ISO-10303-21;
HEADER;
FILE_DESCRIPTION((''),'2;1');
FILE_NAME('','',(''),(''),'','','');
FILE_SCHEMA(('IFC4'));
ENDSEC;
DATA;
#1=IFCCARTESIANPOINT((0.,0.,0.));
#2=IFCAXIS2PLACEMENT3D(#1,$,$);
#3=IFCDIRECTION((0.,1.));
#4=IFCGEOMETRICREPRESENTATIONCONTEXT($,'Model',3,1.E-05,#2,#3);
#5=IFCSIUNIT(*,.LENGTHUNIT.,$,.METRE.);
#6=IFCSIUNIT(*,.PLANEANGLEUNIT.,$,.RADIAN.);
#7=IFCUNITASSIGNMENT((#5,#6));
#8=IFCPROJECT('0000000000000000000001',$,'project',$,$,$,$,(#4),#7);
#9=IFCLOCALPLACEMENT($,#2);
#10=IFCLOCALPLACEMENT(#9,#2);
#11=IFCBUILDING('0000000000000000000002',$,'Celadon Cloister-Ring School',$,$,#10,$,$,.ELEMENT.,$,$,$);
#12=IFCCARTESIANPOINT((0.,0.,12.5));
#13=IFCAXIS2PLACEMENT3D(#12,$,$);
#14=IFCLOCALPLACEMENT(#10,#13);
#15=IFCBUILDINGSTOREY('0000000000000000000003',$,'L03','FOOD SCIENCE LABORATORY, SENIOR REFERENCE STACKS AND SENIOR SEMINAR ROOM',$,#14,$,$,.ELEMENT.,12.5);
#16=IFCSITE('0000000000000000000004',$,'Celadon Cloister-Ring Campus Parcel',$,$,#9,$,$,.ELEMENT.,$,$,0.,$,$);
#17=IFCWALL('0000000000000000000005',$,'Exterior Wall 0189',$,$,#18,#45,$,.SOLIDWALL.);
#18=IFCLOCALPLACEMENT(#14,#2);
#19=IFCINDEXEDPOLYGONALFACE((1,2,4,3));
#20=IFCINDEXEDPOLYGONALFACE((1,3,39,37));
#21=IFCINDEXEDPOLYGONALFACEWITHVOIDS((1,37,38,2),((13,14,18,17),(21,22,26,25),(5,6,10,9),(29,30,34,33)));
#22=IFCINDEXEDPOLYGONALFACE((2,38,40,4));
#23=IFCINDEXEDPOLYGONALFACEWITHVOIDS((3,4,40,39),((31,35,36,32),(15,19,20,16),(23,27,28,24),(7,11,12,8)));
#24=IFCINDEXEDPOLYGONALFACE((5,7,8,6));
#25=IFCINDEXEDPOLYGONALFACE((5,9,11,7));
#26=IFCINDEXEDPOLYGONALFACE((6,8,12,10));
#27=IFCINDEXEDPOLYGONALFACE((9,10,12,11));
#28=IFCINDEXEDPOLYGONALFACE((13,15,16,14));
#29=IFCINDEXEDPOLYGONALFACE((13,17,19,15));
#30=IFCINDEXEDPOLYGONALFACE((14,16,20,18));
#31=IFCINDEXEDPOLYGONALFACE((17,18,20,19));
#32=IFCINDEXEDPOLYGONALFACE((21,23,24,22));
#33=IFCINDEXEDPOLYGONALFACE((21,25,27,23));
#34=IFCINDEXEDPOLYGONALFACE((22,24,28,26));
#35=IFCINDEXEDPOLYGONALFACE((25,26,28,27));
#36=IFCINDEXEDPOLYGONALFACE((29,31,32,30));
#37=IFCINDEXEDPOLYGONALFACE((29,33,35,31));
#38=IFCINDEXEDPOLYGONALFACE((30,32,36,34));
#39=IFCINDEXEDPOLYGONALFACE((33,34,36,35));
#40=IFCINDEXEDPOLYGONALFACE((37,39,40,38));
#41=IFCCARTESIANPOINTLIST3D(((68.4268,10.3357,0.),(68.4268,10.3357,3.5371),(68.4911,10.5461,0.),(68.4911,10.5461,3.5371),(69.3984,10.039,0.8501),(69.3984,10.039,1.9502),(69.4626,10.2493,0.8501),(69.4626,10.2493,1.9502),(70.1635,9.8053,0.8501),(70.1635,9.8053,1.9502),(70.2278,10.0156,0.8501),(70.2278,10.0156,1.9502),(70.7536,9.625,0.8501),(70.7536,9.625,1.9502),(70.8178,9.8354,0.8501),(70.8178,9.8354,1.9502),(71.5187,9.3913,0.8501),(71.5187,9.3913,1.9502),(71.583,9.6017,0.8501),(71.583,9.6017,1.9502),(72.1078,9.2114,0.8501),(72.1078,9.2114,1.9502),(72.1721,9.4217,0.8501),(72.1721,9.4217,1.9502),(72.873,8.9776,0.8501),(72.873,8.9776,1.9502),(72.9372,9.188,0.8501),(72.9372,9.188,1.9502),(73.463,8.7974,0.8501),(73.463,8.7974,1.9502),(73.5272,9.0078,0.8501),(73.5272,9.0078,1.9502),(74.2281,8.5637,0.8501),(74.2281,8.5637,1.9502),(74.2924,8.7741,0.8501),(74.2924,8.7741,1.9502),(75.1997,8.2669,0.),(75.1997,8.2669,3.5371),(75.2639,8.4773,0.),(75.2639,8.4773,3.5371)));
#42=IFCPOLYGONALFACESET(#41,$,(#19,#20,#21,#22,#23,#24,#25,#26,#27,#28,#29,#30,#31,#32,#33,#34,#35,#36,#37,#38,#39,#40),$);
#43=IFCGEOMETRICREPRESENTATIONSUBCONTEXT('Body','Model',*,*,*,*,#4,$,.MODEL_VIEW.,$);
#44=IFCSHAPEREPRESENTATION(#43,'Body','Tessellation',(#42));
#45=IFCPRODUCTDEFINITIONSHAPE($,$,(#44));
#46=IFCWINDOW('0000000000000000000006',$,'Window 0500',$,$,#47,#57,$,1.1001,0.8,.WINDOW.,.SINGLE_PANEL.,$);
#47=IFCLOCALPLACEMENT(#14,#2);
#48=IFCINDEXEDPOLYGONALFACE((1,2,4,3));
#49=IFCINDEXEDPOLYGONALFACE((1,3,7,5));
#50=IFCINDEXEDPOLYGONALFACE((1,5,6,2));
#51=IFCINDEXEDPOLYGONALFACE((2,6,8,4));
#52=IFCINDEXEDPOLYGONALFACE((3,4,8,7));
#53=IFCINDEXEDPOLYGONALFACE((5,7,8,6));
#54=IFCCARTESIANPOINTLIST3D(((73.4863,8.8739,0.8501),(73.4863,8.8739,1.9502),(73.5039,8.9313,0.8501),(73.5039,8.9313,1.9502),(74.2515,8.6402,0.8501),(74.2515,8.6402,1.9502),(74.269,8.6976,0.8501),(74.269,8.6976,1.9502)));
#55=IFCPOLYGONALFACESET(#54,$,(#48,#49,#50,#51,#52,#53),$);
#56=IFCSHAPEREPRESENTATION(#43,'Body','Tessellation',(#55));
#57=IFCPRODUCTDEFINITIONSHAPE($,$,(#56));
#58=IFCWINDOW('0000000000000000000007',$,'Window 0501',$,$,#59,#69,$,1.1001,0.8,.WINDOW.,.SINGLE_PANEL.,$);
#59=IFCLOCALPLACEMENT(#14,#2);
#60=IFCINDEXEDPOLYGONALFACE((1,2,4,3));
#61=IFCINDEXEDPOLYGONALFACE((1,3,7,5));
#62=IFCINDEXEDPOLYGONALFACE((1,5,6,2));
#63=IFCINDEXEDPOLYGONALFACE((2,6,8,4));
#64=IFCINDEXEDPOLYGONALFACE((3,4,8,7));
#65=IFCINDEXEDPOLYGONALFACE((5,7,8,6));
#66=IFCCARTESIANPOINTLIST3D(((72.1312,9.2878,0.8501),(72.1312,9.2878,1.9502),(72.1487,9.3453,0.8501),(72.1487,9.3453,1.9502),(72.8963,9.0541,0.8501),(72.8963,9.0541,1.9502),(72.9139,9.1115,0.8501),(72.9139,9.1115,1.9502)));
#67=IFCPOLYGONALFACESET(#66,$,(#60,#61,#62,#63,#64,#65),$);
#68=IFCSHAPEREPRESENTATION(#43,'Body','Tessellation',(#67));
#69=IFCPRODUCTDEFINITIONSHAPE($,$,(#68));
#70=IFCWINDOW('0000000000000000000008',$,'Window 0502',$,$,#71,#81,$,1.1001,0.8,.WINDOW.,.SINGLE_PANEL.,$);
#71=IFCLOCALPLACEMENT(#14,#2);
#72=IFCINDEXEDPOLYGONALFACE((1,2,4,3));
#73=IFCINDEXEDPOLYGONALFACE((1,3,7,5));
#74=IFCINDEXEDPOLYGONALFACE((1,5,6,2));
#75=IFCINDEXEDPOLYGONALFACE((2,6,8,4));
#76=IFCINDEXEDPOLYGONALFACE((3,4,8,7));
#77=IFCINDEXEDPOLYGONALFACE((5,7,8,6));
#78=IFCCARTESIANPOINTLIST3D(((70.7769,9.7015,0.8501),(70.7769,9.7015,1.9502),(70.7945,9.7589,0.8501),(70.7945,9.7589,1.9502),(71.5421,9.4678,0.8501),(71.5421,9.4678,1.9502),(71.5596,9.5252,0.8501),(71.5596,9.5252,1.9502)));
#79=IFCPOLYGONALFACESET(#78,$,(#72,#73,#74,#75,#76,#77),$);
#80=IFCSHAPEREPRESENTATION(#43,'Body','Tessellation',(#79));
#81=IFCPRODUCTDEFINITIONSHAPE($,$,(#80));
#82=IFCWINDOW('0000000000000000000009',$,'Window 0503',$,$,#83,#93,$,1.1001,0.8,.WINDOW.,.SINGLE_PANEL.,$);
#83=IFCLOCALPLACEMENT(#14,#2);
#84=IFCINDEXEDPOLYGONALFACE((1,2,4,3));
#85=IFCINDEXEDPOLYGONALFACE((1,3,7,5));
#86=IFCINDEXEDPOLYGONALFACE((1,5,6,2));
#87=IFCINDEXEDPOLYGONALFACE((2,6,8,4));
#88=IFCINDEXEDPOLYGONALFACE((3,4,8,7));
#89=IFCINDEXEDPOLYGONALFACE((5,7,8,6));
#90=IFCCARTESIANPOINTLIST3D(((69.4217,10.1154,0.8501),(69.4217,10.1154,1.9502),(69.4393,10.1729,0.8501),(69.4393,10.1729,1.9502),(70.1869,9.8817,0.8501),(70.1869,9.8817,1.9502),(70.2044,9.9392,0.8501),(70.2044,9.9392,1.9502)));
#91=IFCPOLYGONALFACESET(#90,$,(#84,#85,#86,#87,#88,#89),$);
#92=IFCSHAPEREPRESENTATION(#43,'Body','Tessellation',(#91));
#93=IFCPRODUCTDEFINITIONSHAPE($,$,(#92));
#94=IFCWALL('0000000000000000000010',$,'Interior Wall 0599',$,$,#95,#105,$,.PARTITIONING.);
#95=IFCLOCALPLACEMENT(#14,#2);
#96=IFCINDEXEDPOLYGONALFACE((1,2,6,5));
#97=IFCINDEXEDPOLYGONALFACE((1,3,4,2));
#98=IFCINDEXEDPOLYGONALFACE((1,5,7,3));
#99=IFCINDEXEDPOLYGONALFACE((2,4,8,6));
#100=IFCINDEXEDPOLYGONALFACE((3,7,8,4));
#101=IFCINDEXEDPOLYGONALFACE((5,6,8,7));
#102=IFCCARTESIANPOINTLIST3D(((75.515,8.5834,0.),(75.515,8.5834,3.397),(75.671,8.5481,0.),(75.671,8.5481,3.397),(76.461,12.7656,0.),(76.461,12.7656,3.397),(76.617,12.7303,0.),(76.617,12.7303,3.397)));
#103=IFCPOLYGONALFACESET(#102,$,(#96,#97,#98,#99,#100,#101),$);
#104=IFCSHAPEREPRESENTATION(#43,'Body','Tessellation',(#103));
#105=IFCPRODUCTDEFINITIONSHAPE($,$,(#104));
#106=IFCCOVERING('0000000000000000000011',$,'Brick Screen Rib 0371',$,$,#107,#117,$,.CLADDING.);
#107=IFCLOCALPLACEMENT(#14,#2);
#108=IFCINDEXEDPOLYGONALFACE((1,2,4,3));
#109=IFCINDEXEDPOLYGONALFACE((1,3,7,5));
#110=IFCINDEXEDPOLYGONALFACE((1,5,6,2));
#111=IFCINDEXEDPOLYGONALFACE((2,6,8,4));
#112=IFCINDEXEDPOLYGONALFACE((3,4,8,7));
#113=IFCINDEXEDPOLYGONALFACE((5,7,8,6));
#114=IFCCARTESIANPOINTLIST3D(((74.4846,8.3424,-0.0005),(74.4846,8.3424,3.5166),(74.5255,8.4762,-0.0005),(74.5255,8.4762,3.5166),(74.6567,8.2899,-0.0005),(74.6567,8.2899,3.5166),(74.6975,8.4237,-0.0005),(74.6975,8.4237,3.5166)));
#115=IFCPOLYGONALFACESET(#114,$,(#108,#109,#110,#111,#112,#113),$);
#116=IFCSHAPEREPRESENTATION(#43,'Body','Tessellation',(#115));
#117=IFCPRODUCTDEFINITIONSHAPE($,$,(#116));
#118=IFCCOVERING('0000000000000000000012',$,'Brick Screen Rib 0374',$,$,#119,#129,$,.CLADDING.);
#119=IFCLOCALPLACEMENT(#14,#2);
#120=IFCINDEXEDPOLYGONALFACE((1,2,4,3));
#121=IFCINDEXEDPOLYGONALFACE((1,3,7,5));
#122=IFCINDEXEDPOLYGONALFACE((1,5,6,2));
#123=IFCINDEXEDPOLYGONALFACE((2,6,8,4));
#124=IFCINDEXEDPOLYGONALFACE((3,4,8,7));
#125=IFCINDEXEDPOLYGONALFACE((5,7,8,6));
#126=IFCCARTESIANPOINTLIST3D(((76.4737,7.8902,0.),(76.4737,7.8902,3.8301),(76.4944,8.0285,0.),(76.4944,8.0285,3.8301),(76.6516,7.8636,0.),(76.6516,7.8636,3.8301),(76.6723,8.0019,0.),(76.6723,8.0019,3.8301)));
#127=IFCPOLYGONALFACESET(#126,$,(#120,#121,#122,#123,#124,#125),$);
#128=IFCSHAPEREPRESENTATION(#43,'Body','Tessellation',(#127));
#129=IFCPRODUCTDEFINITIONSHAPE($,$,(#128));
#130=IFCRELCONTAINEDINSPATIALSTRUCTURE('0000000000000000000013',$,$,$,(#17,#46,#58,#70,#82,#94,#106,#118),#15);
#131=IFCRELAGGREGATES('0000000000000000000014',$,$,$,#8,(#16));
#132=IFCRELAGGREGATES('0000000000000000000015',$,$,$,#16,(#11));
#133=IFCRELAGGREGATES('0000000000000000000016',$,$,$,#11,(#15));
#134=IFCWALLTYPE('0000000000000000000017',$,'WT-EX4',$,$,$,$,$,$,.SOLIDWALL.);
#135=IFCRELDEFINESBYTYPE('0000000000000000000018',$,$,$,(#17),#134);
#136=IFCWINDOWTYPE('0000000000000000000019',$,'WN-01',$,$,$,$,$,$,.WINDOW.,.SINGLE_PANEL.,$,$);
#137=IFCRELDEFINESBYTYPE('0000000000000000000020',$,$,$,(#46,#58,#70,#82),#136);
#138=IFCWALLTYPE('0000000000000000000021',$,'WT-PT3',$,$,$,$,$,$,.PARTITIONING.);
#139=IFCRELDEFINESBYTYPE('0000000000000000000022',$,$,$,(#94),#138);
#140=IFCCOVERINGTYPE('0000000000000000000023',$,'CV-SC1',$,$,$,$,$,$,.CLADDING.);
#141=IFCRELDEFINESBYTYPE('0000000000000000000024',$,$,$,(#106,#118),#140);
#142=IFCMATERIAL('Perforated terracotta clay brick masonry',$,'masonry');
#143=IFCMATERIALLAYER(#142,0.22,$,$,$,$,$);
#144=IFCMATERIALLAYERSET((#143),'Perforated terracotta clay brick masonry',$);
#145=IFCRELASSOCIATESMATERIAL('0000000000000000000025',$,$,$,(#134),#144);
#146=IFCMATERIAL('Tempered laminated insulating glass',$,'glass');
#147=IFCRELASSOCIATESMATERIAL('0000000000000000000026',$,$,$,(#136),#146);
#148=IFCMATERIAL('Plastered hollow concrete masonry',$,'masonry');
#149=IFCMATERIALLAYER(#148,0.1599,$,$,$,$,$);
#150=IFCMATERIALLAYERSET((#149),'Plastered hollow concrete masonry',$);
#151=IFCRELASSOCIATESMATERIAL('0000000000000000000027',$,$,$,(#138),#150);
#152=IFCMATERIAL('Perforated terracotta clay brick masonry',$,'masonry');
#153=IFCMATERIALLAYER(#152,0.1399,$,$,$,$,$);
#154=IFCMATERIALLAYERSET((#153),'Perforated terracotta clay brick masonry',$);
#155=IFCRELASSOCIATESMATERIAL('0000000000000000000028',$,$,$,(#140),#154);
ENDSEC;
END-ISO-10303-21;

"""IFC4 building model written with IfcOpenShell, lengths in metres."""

from ifc_helpers import new_model, si_unit, direction, frame, frame_2d, origin, origin_2d, place, context, subcontext, project, spatial, rectangle, extrude, material, layer, layer_set, type_object, element, fill, save


model = new_model("IFC4")

# Units and contexts
model_context = context("Model", 3, precision=1e-05, world=origin(), true_north=direction((0.0, 1.0)))
body_context = subcontext(model_context, "Body", "Model", "MODEL_VIEW")
ifc_project = project(units=[si_unit("LENGTHUNIT", "METRE"), si_unit("PLANEANGLEUNIT", "RADIAN")], contexts=[model_context])

# Site, building, storey
site_placement = place(None, origin())
site = spatial("IfcSite", under=ifc_project, at=site_placement, Name="Celadon Cloister-Ring Campus Parcel", CompositionType="ELEMENT", RefElevation=0.0)
building_placement = place(site_placement, origin())
building = spatial("IfcBuilding", under=site, at=building_placement, Name="Celadon Cloister-Ring School", CompositionType="ELEMENT")
storey_placement = place(building_placement, frame((0.0, 0.0, 12.5)))
storey = spatial("IfcBuildingStorey", under=building, at=storey_placement, Name="L03", Description="FOOD SCIENCE LABORATORY, SENIOR REFERENCE STACKS AND SENIOR SEMINAR ROOM", CompositionType="ELEMENT", Elevation=12.5)

# Wall, openings, windows
ifc_material_1 = material(Name="Perforated terracotta clay brick masonry", Category="masonry")
ifc_layer_1 = layer(ifc_material_1, 0.22)
ifc_layer_set_1 = layer_set([ifc_layer_1], Name="Perforated terracotta clay brick masonry")
wall_type_1 = type_object("IfcWallType", Name="WT-EX4", PredefinedType="SOLIDWALL", material=ifc_layer_set_1)
wall_1_placement = place(storey_placement, frame((75.2319, 8.3721, 0.0), z_axis=(0.0, 0.0, 1.0), x_axis=(-0.956378, 0.292133, 0.0)))
wall_1 = element("IfcWall", 1, at=wall_1_placement, inside=storey, type_object=wall_type_1, Name="Exterior Wall 0189", PredefinedType="SOLIDWALL", context=body_context, shape_type="SweptSolid", body=[
    extrude(rectangle(XDim=7.0818, YDim=0.22, at=frame_2d((3.541, 0.0))), origin(), (0.0, 0.0, 1.0), 3.5371),
])
opening_1_placement = place(wall_1_placement, frame((1.0161, 0.0, 0.8501)))
opening_1 = element("IfcOpeningElement", 2, at=opening_1_placement, cuts=wall_1, PredefinedType="OPENING", context=body_context, shape_type="SweptSolid", body=[
    extrude(rectangle(XDim=0.8, YDim=1.1001, at=frame_2d((0.3999, 0.55))), frame((0.0, 0.1201, 0.0), z_axis=(0.0, -1.0, 0.0), x_axis=(1.0, 0.0, 0.0)), (0.0, 0.0, 1.0), 0.24),
])
opening_2_placement = place(wall_1_placement, frame((2.4331, 0.0, 0.8501)))
opening_2 = element("IfcOpeningElement", 3, at=opening_2_placement, cuts=wall_1, PredefinedType="OPENING", context=body_context, shape_type="SweptSolid", body=[
    extrude(rectangle(XDim=0.8, YDim=1.1001, at=frame_2d((0.3999, 0.55))), frame((0.0, 0.1201, 0.0), z_axis=(0.0, -1.0, 0.0), x_axis=(1.0, 0.0, 0.0)), (0.0, 0.0, 1.0), 0.24),
])
opening_3_placement = place(wall_1_placement, frame((3.8491, 0.0, 0.8501)))
opening_3 = element("IfcOpeningElement", 4, at=opening_3_placement, cuts=wall_1, PredefinedType="OPENING", context=body_context, shape_type="SweptSolid", body=[
    extrude(rectangle(XDim=0.8, YDim=1.1001, at=frame_2d((0.3999, 0.55))), frame((0.0, 0.1201, 0.0), z_axis=(0.0, -1.0, 0.0), x_axis=(1.0, 0.0, 0.0)), (0.0, 0.0, 1.0), 0.24),
])
opening_4_placement = place(wall_1_placement, frame((5.2661, 0.0, 0.8501)))
opening_4 = element("IfcOpeningElement", 5, at=opening_4_placement, cuts=wall_1, PredefinedType="OPENING", context=body_context, shape_type="SweptSolid", body=[
    extrude(rectangle(XDim=0.8, YDim=1.1001, at=frame_2d((0.3999, 0.55))), frame((0.0, 0.1201, 0.0), z_axis=(0.0, -1.0, 0.0), x_axis=(1.0, 0.0, 0.0)), (0.0, 0.0, 1.0), 0.24),
])
ifc_material_2 = material(Name="Tempered laminated insulating glass", Category="glass")
window_type = type_object("IfcWindowType", Name="WN-01", PartitioningType="SINGLE_PANEL", PredefinedType="WINDOW", material=ifc_material_2)
window_1_placement = place(opening_1_placement, origin())
window_1 = element("IfcWindow", 6, at=window_1_placement, inside=storey, type_object=window_type, Name="Window 0500", OverallHeight=1.1001, OverallWidth=0.8, PartitioningType="SINGLE_PANEL", PredefinedType="WINDOW", context=body_context, shape_type="SweptSolid", body=[
    extrude(rectangle(XDim=0.8, YDim=1.1001, at=frame_2d((0.3999, 0.55))), frame((0.0, 0.03, 0.0), z_axis=(0.0, -1.0, 0.0), x_axis=(1.0, 0.0, 0.0)), (0.0, 0.0, 1.0), 0.0601),
])
fill(opening_1, window_1)
window_2_placement = place(opening_2_placement, origin())
window_2 = element("IfcWindow", 7, at=window_2_placement, inside=storey, type_object=window_type, Name="Window 0501", OverallHeight=1.1001, OverallWidth=0.8, PartitioningType="SINGLE_PANEL", PredefinedType="WINDOW", context=body_context, shape_type="SweptSolid", body=[
    extrude(rectangle(XDim=0.8, YDim=1.1001, at=frame_2d((0.3999, 0.55))), frame((0.0, 0.03, 0.0), z_axis=(0.0, -1.0, 0.0), x_axis=(1.0, 0.0, 0.0)), (0.0, 0.0, 1.0), 0.0601),
])
fill(opening_2, window_2)
window_3_placement = place(opening_3_placement, origin())
window_3 = element("IfcWindow", 8, at=window_3_placement, inside=storey, type_object=window_type, Name="Window 0502", OverallHeight=1.1001, OverallWidth=0.8, PartitioningType="SINGLE_PANEL", PredefinedType="WINDOW", context=body_context, shape_type="SweptSolid", body=[
    extrude(rectangle(XDim=0.8, YDim=1.1001, at=frame_2d((0.3999, 0.55))), frame((0.0, 0.03, 0.0), z_axis=(0.0, -1.0, 0.0), x_axis=(1.0, 0.0, 0.0)), (0.0, 0.0, 1.0), 0.0601),
])
fill(opening_3, window_3)
window_4_placement = place(opening_4_placement, origin())
window_4 = element("IfcWindow", 9, at=window_4_placement, inside=storey, type_object=window_type, Name="Window 0503", OverallHeight=1.1001, OverallWidth=0.8, PartitioningType="SINGLE_PANEL", PredefinedType="WINDOW", context=body_context, shape_type="SweptSolid", body=[
    extrude(rectangle(XDim=0.8, YDim=1.1001, at=frame_2d((0.3999, 0.55))), frame((0.0, 0.03, 0.0), z_axis=(0.0, -1.0, 0.0), x_axis=(1.0, 0.0, 0.0)), (0.0, 0.0, 1.0), 0.0601),
])
fill(opening_4, window_4)

# Wall
ifc_material_3 = material(Name="Plastered hollow concrete masonry", Category="masonry")
ifc_layer_2 = layer(ifc_material_3, 0.1599)
ifc_layer_set_2 = layer_set([ifc_layer_2], Name="Plastered hollow concrete masonry")
wall_type_2 = type_object("IfcWallType", Name="WT-PT3", PredefinedType="PARTITIONING", material=ifc_layer_set_2)
wall_2_placement = place(storey_placement, frame((76.5391, 12.748, 0.0), z_axis=(0.0, 0.0, 1.0), x_axis=(-0.220637, -0.975356, 0.0)))
element("IfcWall", 10, at=wall_2_placement, inside=storey, type_object=wall_type_2, Name="Interior Wall 0599", PredefinedType="PARTITIONING", context=body_context, shape_type="SweptSolid", body=[
    extrude(rectangle(XDim=4.2878, YDim=0.1599, at=frame_2d((2.144, 0.0))), origin(), (0.0, 0.0, 1.0), 3.397),
])

# Coverings
ifc_material_4 = material(Name="Perforated terracotta clay brick masonry", Category="masonry")
ifc_layer_3 = layer(ifc_material_4, 0.1399)
ifc_layer_set_3 = layer_set([ifc_layer_3], Name="Perforated terracotta clay brick masonry")
covering_type = type_object("IfcCoveringType", Name="CV-SC1", PredefinedType="CLADDING", material=ifc_layer_set_3)
covering_1_placement = place(storey_placement, frame((74.5911, 8.3831, -0.0005), z_axis=(0.0, 0.0, 1.0), x_axis=(-0.956371, 0.292155, 0.0)))
element("IfcCovering", 11, at=covering_1_placement, inside=storey, type_object=covering_type, Name="Brick Screen Rib 0371", PredefinedType="CLADDING", context=body_context, shape_type="SweptSolid", body=[
    extrude(rectangle(XDim=0.1799, YDim=0.1399, at=origin_2d()), origin(), (0.0, 0.0, 1.0), 3.5171),
])
covering_2_placement = place(storey_placement, frame((76.573, 7.946, 0.0), z_axis=(0.0, 0.0, 1.0), x_axis=(-0.989029, 0.147723, 0.0)))
element("IfcCovering", 12, at=covering_2_placement, inside=storey, type_object=covering_type, Name="Brick Screen Rib 0374", PredefinedType="CLADDING", context=body_context, shape_type="SweptSolid", body=[
    extrude(rectangle(XDim=0.1799, YDim=0.1399, at=origin_2d()), origin(), (0.0, 0.0, 1.0), 3.8301),
])

save(model, "model.ifc")
